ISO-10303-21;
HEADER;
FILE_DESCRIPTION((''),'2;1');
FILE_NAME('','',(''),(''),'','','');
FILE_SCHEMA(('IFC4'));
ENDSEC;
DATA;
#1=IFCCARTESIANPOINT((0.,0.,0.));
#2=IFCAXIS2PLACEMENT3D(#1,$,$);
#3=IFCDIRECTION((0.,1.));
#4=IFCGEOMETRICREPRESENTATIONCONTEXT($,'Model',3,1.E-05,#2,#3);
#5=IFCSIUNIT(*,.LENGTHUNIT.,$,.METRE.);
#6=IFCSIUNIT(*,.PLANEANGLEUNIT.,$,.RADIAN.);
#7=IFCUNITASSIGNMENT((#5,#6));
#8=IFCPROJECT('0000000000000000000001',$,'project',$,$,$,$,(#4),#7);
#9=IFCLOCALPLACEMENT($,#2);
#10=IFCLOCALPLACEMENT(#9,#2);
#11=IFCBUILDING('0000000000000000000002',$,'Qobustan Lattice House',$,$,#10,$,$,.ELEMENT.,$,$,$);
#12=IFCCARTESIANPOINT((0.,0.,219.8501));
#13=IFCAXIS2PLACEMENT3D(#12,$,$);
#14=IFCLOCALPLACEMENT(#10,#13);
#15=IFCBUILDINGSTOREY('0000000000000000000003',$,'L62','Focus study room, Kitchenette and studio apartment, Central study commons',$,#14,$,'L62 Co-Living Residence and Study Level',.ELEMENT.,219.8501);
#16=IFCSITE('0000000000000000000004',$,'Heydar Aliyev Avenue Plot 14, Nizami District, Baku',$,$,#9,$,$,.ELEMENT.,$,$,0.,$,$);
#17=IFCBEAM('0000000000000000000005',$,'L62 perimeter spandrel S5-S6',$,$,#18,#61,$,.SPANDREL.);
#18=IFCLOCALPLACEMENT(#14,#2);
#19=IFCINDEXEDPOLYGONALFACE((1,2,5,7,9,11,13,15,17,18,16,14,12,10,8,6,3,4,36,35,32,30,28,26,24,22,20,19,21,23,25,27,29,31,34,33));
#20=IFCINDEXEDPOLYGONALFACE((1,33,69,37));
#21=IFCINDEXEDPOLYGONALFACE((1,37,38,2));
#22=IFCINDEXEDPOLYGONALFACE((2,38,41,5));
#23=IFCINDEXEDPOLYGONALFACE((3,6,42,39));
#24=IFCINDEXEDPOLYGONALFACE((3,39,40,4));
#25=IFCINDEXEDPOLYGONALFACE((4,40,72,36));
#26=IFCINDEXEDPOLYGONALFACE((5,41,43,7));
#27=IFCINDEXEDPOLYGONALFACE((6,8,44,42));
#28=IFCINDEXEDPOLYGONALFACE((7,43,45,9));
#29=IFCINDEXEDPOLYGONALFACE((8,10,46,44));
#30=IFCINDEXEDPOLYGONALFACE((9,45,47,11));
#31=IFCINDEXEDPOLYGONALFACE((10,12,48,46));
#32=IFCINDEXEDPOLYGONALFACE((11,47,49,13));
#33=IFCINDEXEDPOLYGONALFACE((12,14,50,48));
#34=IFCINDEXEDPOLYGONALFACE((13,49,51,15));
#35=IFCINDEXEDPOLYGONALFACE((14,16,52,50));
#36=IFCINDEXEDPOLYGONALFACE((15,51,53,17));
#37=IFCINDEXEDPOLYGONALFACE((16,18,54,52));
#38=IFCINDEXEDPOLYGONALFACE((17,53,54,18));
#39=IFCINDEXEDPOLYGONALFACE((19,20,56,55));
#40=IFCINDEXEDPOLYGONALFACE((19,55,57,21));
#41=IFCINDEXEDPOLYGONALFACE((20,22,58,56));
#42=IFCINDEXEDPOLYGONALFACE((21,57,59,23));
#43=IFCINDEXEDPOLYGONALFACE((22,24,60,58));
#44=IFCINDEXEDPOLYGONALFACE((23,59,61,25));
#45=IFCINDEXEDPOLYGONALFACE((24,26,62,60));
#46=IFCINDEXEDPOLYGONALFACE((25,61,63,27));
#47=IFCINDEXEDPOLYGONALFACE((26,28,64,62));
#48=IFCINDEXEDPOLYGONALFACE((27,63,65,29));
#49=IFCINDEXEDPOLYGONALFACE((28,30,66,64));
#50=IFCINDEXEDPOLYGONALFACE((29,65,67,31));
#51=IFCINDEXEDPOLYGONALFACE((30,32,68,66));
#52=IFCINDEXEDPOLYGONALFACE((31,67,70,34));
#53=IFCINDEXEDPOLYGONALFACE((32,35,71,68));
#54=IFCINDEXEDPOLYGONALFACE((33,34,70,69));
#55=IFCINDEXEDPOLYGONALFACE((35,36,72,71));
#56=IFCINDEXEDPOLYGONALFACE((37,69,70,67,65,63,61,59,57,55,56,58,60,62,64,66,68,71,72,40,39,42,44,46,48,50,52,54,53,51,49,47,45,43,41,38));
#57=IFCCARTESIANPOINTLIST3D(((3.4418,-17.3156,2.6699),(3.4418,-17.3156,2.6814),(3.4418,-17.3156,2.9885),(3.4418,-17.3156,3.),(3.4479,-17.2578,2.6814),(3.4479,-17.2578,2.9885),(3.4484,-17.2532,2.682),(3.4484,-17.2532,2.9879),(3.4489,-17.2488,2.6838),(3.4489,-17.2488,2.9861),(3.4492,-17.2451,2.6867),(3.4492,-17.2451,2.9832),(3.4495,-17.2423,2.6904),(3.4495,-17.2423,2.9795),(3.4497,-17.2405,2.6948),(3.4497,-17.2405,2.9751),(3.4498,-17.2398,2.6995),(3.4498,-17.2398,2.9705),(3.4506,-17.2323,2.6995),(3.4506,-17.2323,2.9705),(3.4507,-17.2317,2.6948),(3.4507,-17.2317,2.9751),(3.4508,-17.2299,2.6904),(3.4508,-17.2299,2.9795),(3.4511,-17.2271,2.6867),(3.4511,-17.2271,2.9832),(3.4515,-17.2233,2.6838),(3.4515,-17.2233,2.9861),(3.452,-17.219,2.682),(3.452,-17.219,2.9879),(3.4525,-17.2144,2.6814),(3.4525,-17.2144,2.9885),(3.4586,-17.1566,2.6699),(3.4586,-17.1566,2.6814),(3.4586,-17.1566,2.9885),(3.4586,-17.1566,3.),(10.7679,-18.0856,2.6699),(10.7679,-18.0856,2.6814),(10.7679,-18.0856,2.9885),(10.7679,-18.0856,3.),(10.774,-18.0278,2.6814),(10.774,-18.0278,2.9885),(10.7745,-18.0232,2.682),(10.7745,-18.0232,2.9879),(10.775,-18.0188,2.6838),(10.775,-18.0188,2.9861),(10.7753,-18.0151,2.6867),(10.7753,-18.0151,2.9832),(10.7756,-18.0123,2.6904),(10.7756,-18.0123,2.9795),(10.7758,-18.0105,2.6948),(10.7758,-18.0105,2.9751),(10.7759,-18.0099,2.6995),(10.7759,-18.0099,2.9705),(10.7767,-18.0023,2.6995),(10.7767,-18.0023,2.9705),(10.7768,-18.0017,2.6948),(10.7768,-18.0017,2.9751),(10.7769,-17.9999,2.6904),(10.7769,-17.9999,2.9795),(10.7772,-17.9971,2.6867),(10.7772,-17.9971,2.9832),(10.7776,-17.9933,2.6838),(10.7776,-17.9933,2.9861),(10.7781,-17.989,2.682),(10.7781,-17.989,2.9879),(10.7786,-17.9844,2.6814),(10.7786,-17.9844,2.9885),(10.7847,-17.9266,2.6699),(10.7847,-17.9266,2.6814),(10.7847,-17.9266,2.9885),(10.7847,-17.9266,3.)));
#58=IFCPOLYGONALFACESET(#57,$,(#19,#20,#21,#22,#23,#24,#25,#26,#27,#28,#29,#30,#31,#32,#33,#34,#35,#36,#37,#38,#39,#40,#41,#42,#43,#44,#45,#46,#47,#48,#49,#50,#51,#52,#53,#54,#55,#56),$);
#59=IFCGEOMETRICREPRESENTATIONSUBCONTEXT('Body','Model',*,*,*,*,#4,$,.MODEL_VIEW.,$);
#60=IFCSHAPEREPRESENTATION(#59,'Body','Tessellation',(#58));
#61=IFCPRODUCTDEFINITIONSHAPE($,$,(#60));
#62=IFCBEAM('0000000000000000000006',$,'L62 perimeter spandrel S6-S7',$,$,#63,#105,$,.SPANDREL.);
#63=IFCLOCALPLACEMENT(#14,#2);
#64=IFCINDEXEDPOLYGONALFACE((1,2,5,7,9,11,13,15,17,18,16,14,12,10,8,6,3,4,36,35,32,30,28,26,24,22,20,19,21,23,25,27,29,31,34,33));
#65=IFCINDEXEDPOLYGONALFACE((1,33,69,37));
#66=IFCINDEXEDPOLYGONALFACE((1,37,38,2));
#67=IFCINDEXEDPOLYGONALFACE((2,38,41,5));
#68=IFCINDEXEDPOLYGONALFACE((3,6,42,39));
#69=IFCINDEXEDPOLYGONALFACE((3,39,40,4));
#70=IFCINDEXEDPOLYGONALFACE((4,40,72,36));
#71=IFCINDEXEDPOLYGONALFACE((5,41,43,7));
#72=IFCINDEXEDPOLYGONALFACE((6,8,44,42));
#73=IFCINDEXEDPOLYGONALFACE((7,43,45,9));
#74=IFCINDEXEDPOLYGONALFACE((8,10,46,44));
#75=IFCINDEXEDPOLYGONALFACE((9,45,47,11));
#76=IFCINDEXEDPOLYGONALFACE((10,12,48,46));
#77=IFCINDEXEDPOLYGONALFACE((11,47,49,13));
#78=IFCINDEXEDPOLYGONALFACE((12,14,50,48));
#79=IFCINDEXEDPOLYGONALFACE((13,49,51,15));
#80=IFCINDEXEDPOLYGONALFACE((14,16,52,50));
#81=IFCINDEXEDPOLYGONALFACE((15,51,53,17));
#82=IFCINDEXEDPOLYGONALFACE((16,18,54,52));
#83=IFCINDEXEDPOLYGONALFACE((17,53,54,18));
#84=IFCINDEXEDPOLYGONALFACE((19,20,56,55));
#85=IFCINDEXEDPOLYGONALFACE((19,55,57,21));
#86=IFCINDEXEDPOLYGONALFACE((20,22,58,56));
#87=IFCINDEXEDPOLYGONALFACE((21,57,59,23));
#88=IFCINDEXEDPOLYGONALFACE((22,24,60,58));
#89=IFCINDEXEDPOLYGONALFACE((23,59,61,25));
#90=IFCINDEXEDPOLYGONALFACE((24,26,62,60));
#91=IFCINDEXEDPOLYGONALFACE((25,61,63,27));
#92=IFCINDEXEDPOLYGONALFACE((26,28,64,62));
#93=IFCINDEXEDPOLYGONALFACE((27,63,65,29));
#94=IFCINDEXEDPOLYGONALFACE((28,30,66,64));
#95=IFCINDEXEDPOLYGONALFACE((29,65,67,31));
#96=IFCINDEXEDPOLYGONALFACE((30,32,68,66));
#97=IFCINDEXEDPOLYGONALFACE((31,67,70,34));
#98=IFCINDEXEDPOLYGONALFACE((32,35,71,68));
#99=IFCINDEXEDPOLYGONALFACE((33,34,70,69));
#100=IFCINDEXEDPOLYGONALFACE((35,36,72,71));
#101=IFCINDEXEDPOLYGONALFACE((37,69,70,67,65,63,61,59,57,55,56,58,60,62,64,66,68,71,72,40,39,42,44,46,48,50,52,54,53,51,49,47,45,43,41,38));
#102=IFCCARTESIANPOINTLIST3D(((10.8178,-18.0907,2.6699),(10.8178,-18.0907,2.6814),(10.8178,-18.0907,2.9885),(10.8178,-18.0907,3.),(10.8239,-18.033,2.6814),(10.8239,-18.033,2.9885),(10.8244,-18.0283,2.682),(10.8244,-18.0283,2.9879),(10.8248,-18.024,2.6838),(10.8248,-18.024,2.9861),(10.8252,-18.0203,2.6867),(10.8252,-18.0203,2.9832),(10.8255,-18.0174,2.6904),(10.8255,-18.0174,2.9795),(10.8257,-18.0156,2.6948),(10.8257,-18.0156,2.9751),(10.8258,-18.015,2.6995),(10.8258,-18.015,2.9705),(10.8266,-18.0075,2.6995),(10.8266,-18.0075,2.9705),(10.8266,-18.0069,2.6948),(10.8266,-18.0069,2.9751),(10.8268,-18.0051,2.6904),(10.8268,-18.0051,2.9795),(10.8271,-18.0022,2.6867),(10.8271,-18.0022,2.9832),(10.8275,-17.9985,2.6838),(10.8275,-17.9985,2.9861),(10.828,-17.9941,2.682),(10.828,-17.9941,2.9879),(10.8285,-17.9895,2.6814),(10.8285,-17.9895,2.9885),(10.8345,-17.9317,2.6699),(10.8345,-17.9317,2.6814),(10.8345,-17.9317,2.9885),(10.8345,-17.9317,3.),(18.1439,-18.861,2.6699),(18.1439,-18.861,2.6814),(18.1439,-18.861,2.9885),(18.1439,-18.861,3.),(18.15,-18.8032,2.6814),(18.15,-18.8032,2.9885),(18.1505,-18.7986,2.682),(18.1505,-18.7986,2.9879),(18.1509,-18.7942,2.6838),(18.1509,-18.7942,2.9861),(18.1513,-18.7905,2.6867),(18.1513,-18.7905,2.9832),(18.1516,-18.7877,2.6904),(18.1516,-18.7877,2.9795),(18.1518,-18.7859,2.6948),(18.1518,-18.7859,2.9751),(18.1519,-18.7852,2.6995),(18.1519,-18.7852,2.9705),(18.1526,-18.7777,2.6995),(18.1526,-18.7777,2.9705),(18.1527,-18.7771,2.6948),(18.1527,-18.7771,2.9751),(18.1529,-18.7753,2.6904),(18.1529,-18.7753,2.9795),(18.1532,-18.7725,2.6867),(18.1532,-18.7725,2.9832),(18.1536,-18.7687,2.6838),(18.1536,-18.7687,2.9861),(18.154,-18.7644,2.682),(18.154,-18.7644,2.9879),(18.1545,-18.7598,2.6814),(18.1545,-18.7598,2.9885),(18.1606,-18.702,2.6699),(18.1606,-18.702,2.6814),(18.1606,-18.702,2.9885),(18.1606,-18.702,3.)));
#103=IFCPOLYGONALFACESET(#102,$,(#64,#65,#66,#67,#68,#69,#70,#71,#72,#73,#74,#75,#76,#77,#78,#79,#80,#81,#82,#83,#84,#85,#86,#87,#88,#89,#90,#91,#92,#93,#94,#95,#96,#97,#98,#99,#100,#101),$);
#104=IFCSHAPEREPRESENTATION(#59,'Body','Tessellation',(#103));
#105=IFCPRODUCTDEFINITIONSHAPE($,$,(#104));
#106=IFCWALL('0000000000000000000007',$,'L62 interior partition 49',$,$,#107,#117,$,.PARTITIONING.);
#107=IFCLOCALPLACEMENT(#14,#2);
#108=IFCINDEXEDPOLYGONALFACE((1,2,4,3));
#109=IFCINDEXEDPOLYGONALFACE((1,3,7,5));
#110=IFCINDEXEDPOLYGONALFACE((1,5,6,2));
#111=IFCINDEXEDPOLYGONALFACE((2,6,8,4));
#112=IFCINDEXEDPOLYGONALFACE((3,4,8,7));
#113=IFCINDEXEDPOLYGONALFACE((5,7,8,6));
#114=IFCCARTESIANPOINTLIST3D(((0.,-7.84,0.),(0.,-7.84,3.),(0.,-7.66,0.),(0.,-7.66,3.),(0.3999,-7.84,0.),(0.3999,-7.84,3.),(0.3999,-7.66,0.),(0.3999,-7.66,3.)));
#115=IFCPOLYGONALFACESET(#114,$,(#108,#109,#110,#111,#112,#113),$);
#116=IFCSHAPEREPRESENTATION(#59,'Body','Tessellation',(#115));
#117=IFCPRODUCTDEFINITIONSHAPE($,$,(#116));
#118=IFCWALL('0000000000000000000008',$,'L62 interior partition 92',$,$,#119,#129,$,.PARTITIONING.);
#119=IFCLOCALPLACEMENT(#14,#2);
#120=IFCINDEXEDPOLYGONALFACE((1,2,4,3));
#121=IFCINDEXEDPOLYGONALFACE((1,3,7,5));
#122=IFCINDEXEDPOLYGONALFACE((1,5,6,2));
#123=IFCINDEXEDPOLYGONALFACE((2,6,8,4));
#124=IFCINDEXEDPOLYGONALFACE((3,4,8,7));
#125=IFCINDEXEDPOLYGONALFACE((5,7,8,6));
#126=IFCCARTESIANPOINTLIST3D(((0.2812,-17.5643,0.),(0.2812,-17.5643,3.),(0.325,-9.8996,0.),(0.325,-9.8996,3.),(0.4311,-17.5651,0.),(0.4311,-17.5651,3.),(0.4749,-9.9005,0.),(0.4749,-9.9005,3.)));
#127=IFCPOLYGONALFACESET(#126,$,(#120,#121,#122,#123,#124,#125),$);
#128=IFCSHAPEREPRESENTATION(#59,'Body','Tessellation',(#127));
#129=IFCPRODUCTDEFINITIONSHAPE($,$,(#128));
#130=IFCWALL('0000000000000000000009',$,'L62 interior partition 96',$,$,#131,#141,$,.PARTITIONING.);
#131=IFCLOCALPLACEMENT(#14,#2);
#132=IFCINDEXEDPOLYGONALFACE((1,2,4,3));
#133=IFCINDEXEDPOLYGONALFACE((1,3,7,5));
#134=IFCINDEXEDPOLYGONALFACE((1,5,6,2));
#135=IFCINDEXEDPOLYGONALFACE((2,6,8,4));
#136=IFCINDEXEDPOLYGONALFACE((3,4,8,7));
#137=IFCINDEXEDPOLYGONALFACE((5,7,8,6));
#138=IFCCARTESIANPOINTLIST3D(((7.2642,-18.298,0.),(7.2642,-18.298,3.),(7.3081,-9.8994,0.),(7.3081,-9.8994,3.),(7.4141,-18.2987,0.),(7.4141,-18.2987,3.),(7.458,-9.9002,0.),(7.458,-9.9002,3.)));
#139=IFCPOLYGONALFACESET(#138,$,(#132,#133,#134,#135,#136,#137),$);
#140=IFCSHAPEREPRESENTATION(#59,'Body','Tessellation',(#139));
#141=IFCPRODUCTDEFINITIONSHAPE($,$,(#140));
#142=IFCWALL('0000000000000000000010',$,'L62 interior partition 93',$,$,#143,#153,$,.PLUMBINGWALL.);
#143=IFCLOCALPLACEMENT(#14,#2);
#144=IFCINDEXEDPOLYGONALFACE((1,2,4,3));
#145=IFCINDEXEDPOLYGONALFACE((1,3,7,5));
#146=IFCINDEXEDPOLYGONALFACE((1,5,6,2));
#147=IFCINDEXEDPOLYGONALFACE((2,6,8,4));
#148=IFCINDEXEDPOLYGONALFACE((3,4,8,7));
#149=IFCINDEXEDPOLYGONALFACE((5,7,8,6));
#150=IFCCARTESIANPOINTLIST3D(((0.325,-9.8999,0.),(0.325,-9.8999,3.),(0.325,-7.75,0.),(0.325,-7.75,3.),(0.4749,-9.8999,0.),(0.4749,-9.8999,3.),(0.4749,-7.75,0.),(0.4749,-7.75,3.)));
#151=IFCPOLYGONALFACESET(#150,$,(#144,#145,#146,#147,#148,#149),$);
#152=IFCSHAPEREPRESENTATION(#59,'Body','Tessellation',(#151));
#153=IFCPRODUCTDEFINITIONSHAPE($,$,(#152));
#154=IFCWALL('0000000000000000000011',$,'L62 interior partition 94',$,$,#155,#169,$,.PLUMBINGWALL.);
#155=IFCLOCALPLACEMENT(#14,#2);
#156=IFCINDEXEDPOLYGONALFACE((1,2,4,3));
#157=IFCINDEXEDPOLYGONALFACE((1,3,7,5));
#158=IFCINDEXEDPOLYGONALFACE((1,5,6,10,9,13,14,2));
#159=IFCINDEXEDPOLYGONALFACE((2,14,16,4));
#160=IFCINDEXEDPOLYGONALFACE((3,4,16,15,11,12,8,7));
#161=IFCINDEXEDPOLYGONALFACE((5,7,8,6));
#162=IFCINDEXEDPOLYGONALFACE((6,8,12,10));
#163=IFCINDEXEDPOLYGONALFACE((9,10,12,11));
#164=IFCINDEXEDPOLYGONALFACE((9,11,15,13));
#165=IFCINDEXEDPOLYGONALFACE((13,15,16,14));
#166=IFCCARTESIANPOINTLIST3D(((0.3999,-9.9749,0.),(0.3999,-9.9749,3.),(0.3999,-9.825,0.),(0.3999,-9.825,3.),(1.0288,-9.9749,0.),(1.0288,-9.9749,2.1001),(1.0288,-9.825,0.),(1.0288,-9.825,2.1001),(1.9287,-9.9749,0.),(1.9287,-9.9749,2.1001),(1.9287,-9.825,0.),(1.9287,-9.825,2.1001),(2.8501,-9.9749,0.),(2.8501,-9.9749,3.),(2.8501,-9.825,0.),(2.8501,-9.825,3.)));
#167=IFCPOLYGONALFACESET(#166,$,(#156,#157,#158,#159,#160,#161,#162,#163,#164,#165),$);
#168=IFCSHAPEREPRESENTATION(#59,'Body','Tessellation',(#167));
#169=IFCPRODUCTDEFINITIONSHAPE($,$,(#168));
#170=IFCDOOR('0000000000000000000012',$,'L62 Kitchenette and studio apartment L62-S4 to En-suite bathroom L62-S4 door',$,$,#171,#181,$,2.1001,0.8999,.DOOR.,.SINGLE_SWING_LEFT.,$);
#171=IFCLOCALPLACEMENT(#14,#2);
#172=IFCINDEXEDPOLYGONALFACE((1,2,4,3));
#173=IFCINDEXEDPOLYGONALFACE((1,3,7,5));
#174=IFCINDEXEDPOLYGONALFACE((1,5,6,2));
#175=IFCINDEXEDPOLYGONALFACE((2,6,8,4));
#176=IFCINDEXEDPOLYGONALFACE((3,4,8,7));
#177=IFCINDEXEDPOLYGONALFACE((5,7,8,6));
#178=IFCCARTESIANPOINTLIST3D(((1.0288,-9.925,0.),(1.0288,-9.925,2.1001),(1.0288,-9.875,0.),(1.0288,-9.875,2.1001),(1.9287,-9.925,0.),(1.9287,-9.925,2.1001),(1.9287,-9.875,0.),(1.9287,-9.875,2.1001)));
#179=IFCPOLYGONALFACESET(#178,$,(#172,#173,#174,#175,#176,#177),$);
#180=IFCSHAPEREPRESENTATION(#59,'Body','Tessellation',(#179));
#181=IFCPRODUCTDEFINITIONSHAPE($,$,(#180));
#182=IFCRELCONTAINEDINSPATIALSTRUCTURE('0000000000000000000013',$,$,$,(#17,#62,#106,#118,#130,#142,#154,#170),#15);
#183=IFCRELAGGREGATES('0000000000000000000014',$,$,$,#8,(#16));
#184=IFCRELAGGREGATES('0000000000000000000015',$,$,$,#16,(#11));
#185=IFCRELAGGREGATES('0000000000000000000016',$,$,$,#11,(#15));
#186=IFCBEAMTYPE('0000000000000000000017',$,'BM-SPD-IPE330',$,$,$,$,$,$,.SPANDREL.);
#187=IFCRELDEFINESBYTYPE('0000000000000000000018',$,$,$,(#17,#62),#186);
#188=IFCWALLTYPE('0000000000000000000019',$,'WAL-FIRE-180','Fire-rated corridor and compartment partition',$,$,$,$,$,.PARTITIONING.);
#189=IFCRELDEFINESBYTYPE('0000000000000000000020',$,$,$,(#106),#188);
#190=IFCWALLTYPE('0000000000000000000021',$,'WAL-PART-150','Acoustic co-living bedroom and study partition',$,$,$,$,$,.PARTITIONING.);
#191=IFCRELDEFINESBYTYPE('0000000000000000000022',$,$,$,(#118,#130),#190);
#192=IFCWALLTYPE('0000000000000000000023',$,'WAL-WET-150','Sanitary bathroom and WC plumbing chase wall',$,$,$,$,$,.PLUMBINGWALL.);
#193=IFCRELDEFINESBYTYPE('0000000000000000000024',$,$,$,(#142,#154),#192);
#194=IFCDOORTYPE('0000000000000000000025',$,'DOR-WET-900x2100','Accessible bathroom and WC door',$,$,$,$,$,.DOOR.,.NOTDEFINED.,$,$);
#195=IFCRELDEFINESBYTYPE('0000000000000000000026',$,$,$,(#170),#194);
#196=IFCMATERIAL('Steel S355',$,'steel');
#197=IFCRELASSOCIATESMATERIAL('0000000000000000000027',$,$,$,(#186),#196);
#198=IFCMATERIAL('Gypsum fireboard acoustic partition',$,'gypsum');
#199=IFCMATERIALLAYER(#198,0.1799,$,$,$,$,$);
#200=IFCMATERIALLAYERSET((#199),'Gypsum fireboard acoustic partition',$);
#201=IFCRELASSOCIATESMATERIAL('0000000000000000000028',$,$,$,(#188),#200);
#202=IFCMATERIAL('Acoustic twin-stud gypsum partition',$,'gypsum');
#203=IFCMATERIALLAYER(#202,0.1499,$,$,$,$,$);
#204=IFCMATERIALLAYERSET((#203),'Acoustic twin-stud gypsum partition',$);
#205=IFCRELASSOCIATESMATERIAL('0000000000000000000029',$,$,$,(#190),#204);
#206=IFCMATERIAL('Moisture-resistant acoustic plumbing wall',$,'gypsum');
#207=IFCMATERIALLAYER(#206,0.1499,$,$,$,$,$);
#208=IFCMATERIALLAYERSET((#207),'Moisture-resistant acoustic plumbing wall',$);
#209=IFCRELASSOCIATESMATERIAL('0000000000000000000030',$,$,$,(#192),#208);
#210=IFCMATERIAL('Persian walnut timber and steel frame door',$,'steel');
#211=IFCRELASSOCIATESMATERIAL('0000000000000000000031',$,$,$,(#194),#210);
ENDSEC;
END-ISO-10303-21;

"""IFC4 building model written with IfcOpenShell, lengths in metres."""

from ifc_helpers import new_model, si_unit, direction, frame, frame_2d, origin, origin_2d, place, context, subcontext, project, spatial, rectangle, i_section, extrude, material, layer, layer_set, material_profile, profile_set, type_object, element, fill, save


model = new_model("IFC4")

# Units and contexts
model_context = context("Model", 3, precision=1e-05, world=origin(), true_north=direction((0.0, 1.0)))
body_context = subcontext(model_context, "Body", "Model", "MODEL_VIEW")
ifc_project = project(units=[si_unit("LENGTHUNIT", "METRE"), si_unit("PLANEANGLEUNIT", "RADIAN")], contexts=[model_context])

# Site, building, storey
site_placement = place(None, origin())
site = spatial("IfcSite", under=ifc_project, at=site_placement, Name="Heydar Aliyev Avenue Plot 14, Nizami District, Baku", CompositionType="ELEMENT", RefElevation=0.0)
building_placement = place(site_placement, origin())
building = spatial("IfcBuilding", under=site, at=building_placement, Name="Qobustan Lattice House", CompositionType="ELEMENT")
storey_placement = place(building_placement, frame((0.0, 0.0, 219.8501)))
storey = spatial("IfcBuildingStorey", under=building, at=storey_placement, Name="L62", Description="Focus study room, Kitchenette and studio apartment, Central study commons", LongName="L62 Co-Living Residence and Study Level", CompositionType="ELEMENT", Elevation=219.8501)

# Beams
ifc_material_1 = material(Name="Steel S355", Category="steel")
ifc_material_profile_1 = material_profile(ifc_material_1, i_section(OverallWidth=0.1599, OverallDepth=0.3301, WebThickness=0.0076, FlangeThickness=0.0115, FilletRadius=0.0181, at=origin_2d()), Name="IPE330")
ifc_profile_set_1 = profile_set([ifc_material_profile_1], Name="Steel S355")
beam_type_1 = type_object("IfcBeamType", Name="BM-SPD-IPE330", PredefinedType="SPANDREL", material=ifc_profile_set_1)
for number, where, z_axis, x_axis, name in (
    (1, (3.4502, -17.2361, 2.835), (0.994522, -0.10453, 0.0), (0.10453, 0.994522, 0.0), "L62 perimeter spandrel S5-S6"),
    (2, (10.8262, -18.0112, 2.835), (0.994518, -0.104562, 0.0), (0.104562, 0.994518, 0.0), "L62 perimeter spandrel S6-S7"),
):
    element("IfcBeam", number, at=place(storey_placement, frame(where, z_axis=z_axis, x_axis=x_axis)), inside=storey, type_object=beam_type_1, Name=name, PredefinedType="SPANDREL", context=body_context, shape_type="SweptSolid", body=[
        extrude(i_section(OverallWidth=0.1599, OverallDepth=0.3301, WebThickness=0.0076, FlangeThickness=0.0115, FilletRadius=0.0181, at=origin_2d()), origin(), (0.0, 0.0, 1.0), 7.3665),
    ])

# Shared definitions
ifc_material_2 = material(Name="Gypsum fireboard acoustic partition", Category="gypsum")
ifc_layer_1 = layer(ifc_material_2, 0.1799)
ifc_layer_set_1 = layer_set([ifc_layer_1], Name="Gypsum fireboard acoustic partition")
wall_type_1 = type_object("IfcWallType", Name="WAL-FIRE-180", Description="Fire-rated corridor and compartment partition", PredefinedType="PARTITIONING", material=ifc_layer_set_1)

# Walls
wall_1_placement = place(storey_placement, frame((0.3999, -7.75, 0.0), z_axis=(0.0, 0.0, 1.0), x_axis=(-1.0, 0.0, 0.0)))
element("IfcWall", 3, at=wall_1_placement, inside=storey, type_object=wall_type_1, Name="L62 interior partition 49", PredefinedType="PARTITIONING", context=body_context, shape_type="SweptSolid", body=[
    extrude(rectangle(XDim=0.3999, YDim=0.1799, at=frame_2d((0.2, 0.0))), origin(), (0.0, 0.0, 1.0), 3.0),
])
ifc_material_3 = material(Name="Acoustic twin-stud gypsum partition", Category="gypsum")
ifc_layer_2 = layer(ifc_material_3, 0.1499)
ifc_layer_set_2 = layer_set([ifc_layer_2], Name="Acoustic twin-stud gypsum partition")
wall_type_2 = type_object("IfcWallType", Name="WAL-PART-150", Description="Acoustic co-living bedroom and study partition", PredefinedType="PARTITIONING", material=ifc_layer_set_2)
wall_2_placement = place(storey_placement, frame((0.3999, -9.8999, 0.0), z_axis=(0.0, 0.0, 1.0), x_axis=(-0.005702, -0.999984, 0.0)))
element("IfcWall", 4, at=wall_2_placement, inside=storey, type_object=wall_type_2, Name="L62 interior partition 92", PredefinedType="PARTITIONING", context=body_context, shape_type="SweptSolid", body=[
    extrude(rectangle(XDim=7.6648, YDim=0.1499, at=frame_2d((3.8325, 0.0))), origin(), (0.0, 0.0, 1.0), 3.0),
])
wall_3_placement = place(storey_placement, frame((7.3831, -9.8999, 0.0), z_axis=(0.0, 0.0, 1.0), x_axis=(-0.005232, -0.999986, 0.0)))
element("IfcWall", 5, at=wall_3_placement, inside=storey, type_object=wall_type_2, Name="L62 interior partition 96", PredefinedType="PARTITIONING", context=body_context, shape_type="SweptSolid", body=[
    extrude(rectangle(XDim=8.3987, YDim=0.1499, at=frame_2d((4.1992, 0.0))), origin(), (0.0, 0.0, 1.0), 3.0),
])
ifc_material_4 = material(Name="Moisture-resistant acoustic plumbing wall", Category="gypsum")
ifc_layer_3 = layer(ifc_material_4, 0.1499)
ifc_layer_set_3 = layer_set([ifc_layer_3], Name="Moisture-resistant acoustic plumbing wall")
wall_type_3 = type_object("IfcWallType", Name="WAL-WET-150", Description="Sanitary bathroom and WC plumbing chase wall", PredefinedType="PLUMBINGWALL", material=ifc_layer_set_3)
wall_4_placement = place(storey_placement, frame((0.3999, -7.75, 0.0), z_axis=(0.0, 0.0, 1.0), x_axis=(0.0, -1.0, 0.0)))
element("IfcWall", 6, at=wall_4_placement, inside=storey, type_object=wall_type_3, Name="L62 interior partition 93", PredefinedType="PLUMBINGWALL", context=body_context, shape_type="SweptSolid", body=[
    extrude(rectangle(XDim=2.1499, YDim=0.1499, at=frame_2d((1.075, 0.0))), origin(), (0.0, 0.0, 1.0), 3.0),
])

# Wall, opening, door
wall_5_placement = place(storey_placement, frame((0.3999, -9.8999, 0.0), z_axis=(0.0, 0.0, 1.0), x_axis=(1.0, 0.0, 0.0)))
wall_5 = element("IfcWall", 7, at=wall_5_placement, inside=storey, type_object=wall_type_3, Name="L62 interior partition 94", PredefinedType="PLUMBINGWALL", context=body_context, shape_type="SweptSolid", body=[
    extrude(rectangle(XDim=2.4502, YDim=0.1499, at=frame_2d((1.2251, 0.0))), origin(), (0.0, 0.0, 1.0), 3.0),
])
opening_1_placement = place(wall_5_placement, frame((0.6289, 0.0, 0.0)))
opening_1 = element("IfcOpeningElement", 8, at=opening_1_placement, cuts=wall_5, PredefinedType="OPENING", context=body_context, shape_type="SweptSolid", body=[
    extrude(rectangle(XDim=0.8999, YDim=2.1001, at=frame_2d((0.45, 1.05))), frame((0.0, 0.085, 0.0), z_axis=(0.0, -1.0, 0.0), x_axis=(1.0, 0.0, 0.0)), (0.0, 0.0, 1.0), 0.1699),
])
ifc_material_5 = material(Name="Persian walnut timber and steel frame door", Category="steel")
door_type_1 = type_object("IfcDoorType", Name="DOR-WET-900x2100", Description="Accessible bathroom and WC door", OperationType="NOTDEFINED", PredefinedType="DOOR", material=ifc_material_5)
door_1_placement = place(opening_1_placement, origin())
door_1 = element("IfcDoor", 9, at=door_1_placement, inside=storey, type_object=door_type_1, Name="L62 Kitchenette and studio apartment L62-S4 to En-suite bathroom L62-S4 door", OperationType="SINGLE_SWING_LEFT", OverallHeight=2.1001, OverallWidth=0.8999, PredefinedType="DOOR", context=body_context, shape_type="SweptSolid", body=[
    extrude(rectangle(XDim=0.8999, YDim=2.1001, at=frame_2d((0.45, 1.05))), frame((0.0, 0.0249, 0.0), z_axis=(0.0, -1.0, 0.0), x_axis=(1.0, 0.0, 0.0)), (0.0, 0.0, 1.0), 0.05),
])
fill(opening_1, door_1)

save(model, "model.ifc")
